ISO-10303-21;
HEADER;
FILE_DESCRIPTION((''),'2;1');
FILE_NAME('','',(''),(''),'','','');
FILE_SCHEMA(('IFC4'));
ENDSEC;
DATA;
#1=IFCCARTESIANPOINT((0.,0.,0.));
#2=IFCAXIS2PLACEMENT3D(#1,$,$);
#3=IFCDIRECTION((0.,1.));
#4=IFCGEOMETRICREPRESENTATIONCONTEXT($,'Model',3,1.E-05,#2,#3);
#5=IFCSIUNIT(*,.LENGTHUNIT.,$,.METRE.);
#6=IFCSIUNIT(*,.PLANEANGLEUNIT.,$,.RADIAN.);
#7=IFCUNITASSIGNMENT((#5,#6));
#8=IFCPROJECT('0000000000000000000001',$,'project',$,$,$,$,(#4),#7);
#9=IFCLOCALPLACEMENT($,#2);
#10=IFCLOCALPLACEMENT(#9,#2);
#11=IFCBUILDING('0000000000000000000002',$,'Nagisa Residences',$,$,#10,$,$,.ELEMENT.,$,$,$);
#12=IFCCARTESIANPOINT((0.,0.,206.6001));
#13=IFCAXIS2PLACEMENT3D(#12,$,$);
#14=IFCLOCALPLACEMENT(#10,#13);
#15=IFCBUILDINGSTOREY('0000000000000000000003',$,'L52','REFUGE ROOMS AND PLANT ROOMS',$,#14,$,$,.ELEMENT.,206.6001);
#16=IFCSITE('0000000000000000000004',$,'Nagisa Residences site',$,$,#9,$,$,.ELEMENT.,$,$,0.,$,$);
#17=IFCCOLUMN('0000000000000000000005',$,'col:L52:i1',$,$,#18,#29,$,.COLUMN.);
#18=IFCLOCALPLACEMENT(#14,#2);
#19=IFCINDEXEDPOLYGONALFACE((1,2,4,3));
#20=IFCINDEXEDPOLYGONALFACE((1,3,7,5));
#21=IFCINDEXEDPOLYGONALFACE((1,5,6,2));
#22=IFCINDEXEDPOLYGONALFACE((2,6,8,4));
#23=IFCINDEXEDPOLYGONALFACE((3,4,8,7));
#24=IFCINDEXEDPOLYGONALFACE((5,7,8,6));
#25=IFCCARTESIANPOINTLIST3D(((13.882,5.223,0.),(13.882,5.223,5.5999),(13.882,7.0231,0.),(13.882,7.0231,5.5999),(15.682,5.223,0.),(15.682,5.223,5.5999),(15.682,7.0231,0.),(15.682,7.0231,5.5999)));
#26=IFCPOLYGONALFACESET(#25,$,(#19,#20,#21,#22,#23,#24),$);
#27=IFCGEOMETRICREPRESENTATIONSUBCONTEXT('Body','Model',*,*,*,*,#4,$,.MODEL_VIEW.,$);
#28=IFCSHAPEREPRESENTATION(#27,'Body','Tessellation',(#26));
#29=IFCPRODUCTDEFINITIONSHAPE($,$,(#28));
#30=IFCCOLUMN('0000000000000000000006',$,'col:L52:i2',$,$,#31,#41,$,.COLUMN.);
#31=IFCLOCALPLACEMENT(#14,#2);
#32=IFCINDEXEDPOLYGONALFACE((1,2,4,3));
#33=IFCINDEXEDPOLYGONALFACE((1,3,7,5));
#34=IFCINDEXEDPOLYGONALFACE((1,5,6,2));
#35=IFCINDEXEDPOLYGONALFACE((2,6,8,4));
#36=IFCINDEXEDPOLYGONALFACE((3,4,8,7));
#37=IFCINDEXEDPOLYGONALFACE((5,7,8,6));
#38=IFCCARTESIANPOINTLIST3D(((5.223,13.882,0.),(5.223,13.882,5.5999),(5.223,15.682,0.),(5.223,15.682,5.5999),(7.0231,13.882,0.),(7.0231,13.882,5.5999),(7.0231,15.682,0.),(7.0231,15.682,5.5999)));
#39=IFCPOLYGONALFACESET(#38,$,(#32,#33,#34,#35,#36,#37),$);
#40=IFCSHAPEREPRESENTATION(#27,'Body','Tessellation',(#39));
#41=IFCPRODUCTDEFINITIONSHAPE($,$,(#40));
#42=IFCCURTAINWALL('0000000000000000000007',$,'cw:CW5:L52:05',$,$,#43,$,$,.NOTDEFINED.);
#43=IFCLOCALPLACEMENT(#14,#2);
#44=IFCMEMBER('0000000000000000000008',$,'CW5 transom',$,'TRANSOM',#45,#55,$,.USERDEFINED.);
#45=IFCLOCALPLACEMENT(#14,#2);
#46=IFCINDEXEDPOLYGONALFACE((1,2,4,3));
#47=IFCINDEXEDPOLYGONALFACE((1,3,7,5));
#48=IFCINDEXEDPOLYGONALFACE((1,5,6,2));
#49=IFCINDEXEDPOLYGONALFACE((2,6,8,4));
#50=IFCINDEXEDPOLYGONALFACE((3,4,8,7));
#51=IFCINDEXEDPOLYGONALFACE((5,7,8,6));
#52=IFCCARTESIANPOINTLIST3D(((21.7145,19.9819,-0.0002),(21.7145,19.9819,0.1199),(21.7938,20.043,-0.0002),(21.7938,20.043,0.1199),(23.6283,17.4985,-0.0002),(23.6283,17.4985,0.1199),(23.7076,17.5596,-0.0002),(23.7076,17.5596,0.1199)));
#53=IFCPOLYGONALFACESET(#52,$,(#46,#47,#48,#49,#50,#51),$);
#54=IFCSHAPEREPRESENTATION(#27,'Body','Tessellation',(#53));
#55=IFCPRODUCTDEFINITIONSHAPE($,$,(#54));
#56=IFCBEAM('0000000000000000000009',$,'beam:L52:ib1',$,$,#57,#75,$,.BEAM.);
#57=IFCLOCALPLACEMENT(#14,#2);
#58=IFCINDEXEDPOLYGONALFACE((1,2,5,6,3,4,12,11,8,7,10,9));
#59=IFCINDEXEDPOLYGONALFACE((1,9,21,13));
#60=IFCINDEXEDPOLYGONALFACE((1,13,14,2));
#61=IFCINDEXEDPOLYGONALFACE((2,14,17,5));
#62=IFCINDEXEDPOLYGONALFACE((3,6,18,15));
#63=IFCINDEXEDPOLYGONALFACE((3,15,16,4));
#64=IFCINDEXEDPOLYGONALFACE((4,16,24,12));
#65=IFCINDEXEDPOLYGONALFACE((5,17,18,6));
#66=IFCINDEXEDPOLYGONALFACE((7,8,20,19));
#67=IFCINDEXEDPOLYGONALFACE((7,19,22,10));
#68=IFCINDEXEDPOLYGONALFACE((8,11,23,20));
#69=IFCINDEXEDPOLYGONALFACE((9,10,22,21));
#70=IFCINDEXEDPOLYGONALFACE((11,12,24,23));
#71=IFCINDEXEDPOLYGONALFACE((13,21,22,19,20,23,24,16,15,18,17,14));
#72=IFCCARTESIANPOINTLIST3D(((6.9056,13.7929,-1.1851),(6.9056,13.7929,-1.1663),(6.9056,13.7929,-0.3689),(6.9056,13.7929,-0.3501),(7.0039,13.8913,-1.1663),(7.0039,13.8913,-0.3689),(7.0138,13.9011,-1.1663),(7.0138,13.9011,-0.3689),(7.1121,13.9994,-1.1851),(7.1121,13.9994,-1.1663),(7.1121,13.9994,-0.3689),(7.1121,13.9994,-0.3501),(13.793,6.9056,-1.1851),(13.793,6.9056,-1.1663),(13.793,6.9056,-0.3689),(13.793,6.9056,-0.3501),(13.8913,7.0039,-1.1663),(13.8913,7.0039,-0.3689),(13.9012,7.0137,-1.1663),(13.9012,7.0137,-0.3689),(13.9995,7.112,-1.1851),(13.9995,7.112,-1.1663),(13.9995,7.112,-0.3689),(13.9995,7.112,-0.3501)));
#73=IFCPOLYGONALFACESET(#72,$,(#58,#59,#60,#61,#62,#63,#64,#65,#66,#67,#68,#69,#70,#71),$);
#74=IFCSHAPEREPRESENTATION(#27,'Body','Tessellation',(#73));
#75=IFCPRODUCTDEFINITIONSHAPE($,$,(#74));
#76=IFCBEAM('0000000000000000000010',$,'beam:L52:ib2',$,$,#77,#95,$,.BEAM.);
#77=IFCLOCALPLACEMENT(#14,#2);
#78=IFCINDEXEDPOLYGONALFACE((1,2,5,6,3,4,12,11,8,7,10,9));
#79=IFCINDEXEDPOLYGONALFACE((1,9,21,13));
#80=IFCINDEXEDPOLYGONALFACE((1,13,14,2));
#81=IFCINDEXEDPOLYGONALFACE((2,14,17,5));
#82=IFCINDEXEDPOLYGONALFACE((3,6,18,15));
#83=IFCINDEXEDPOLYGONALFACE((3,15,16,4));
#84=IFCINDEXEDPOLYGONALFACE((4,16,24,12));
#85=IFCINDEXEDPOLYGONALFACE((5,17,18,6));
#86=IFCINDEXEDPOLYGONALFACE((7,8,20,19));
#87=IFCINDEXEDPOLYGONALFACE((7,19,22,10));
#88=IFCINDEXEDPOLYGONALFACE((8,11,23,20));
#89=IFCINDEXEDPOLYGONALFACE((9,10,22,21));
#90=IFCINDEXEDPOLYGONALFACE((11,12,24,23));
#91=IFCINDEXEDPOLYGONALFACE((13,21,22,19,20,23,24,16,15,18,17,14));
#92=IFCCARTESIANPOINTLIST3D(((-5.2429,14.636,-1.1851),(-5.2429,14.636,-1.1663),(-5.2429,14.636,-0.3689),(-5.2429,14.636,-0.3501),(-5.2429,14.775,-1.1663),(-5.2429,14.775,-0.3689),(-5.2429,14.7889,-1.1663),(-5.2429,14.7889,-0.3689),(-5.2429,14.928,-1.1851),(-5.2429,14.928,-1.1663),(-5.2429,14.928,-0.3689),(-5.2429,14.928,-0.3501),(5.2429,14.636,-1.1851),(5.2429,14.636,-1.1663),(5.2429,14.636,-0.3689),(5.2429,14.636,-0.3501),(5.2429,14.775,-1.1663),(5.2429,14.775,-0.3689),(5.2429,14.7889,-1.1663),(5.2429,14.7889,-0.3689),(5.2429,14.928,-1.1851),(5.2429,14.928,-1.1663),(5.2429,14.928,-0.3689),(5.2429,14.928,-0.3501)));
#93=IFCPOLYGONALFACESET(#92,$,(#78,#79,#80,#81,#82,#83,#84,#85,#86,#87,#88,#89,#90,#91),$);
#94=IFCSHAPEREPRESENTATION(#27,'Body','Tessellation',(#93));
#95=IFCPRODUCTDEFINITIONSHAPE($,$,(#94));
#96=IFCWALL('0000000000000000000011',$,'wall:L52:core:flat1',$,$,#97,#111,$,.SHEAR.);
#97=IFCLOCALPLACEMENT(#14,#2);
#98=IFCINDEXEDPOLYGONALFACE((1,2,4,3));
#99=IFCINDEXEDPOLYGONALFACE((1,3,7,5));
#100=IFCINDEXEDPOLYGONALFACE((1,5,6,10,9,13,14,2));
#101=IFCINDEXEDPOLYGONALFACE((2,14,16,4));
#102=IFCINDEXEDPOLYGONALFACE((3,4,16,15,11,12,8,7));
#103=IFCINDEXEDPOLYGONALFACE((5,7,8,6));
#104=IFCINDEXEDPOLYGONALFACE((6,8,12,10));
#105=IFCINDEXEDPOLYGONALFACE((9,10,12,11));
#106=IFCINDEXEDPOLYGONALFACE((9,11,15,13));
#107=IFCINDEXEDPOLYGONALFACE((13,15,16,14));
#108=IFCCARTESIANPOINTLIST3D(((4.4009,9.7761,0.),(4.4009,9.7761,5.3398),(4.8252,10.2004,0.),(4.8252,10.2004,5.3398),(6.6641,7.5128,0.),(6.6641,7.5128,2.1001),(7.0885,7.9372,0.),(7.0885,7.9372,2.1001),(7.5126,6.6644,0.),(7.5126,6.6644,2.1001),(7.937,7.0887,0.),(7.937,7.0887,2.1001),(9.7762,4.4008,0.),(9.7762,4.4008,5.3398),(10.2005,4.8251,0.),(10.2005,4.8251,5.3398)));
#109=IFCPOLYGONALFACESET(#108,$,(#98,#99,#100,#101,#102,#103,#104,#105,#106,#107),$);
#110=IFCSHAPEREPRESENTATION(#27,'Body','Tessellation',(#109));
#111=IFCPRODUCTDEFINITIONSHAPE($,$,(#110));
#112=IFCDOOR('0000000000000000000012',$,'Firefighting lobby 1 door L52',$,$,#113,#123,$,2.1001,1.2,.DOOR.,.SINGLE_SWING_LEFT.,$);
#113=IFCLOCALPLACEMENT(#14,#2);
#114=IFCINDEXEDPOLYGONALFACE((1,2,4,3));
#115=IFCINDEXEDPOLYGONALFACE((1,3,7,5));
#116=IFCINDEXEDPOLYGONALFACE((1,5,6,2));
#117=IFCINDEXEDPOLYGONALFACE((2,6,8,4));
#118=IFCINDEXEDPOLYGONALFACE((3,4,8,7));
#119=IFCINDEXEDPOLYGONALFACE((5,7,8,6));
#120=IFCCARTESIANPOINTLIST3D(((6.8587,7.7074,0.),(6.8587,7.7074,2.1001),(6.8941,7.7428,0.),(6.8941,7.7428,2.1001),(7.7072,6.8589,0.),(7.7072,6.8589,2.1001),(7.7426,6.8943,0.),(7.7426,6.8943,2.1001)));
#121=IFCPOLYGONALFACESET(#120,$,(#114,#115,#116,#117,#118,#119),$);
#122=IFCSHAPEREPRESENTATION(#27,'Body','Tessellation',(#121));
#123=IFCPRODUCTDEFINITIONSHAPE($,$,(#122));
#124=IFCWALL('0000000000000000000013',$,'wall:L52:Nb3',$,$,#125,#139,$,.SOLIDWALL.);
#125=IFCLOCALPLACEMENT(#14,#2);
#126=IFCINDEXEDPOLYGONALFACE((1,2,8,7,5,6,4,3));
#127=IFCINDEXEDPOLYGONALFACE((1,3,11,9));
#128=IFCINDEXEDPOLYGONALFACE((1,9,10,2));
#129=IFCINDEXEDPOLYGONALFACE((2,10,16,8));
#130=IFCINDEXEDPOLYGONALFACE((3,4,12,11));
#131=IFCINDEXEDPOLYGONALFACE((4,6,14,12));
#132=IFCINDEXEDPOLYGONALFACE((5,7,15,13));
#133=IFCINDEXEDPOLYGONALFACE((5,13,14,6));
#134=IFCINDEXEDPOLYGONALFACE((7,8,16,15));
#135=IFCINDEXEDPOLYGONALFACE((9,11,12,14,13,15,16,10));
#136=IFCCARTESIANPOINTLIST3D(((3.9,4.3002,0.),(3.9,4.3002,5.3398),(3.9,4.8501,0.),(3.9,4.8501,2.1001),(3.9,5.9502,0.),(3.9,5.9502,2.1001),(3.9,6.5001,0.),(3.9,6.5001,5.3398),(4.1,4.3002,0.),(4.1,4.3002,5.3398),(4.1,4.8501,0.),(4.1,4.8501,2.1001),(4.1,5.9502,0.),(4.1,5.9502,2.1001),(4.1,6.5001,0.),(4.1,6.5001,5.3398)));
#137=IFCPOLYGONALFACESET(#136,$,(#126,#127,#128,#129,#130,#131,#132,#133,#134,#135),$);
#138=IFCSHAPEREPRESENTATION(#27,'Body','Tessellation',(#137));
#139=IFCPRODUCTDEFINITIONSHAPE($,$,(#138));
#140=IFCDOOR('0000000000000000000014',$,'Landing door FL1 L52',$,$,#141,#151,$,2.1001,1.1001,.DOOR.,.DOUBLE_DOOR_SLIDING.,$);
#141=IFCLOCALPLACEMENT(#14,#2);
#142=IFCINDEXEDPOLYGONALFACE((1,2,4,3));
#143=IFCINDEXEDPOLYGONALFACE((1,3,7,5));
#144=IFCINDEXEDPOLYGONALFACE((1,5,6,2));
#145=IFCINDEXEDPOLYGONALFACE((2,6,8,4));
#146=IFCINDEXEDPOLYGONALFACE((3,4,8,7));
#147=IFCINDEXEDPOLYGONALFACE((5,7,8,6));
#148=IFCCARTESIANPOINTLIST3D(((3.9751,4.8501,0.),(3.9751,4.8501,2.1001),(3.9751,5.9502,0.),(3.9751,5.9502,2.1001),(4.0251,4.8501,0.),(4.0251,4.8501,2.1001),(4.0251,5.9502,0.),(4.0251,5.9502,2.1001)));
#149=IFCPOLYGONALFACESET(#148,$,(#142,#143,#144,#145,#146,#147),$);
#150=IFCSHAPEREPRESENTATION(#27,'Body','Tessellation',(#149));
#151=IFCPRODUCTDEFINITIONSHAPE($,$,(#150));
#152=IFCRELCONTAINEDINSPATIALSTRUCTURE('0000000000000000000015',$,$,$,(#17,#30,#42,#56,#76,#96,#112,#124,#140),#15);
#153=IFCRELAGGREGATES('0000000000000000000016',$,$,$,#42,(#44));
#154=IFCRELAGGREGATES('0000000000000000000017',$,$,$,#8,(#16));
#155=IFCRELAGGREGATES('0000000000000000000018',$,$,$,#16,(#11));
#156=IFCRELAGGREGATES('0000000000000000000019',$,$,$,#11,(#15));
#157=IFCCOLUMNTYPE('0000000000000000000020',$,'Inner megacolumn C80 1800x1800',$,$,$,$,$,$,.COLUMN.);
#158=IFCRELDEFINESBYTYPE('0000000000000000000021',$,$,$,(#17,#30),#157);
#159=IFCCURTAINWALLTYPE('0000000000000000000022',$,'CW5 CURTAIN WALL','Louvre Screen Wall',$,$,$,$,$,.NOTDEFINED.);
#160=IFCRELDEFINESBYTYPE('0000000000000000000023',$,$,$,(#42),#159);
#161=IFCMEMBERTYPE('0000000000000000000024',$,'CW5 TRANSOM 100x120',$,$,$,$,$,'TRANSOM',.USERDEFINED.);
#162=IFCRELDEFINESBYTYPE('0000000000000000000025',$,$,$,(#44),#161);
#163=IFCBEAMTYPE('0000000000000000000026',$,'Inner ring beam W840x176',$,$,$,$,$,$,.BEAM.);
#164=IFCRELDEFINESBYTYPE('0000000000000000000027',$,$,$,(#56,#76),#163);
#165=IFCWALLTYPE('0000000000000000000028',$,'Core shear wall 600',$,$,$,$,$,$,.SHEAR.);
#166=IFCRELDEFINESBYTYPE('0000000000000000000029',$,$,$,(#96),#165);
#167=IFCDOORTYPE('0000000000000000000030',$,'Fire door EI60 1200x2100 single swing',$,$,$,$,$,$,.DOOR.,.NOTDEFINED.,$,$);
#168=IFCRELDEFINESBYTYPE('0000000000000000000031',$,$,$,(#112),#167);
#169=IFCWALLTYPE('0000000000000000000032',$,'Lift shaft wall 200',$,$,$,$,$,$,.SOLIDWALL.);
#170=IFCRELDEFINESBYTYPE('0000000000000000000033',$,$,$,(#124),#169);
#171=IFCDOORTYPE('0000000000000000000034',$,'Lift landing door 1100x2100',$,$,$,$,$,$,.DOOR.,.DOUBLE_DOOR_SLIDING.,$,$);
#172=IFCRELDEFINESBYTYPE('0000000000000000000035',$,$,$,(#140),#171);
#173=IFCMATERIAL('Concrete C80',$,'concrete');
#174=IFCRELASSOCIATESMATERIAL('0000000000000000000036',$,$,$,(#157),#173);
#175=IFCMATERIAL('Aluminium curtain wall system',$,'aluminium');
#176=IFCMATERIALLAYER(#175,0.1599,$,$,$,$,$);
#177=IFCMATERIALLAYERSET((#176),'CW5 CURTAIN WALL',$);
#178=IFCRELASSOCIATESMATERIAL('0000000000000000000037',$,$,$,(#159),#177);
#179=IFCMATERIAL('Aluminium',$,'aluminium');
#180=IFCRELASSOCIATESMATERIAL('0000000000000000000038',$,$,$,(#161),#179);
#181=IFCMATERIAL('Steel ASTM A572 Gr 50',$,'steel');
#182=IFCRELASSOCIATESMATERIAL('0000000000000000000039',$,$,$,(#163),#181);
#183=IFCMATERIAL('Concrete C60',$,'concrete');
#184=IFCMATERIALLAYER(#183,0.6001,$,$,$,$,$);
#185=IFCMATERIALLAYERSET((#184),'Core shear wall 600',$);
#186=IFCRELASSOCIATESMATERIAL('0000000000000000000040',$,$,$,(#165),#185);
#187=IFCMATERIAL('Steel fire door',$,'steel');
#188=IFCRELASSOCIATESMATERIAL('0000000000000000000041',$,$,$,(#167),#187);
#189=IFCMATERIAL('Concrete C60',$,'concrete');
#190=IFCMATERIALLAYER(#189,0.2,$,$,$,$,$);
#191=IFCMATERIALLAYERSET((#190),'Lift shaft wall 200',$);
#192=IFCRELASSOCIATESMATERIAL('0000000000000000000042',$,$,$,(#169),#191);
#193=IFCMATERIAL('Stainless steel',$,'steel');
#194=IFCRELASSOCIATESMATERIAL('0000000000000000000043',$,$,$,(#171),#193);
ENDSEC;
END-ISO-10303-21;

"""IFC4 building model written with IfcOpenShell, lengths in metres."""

from ifc_helpers import new_model, si_unit, direction, frame, frame_2d, origin, origin_2d, place, context, subcontext, project, spatial, rectangle, i_section, extrude, material, layer, layer_set, material_profile, profile_set, type_object, element, fill, aggregate, save


model = new_model("IFC4")

# Units and contexts
model_context = context("Model", 3, precision=1e-05, world=origin(), true_north=direction((0.0, 1.0)))
body_context = subcontext(model_context, "Body", "Model", "MODEL_VIEW")
ifc_project = project(units=[si_unit("LENGTHUNIT", "METRE"), si_unit("PLANEANGLEUNIT", "RADIAN")], contexts=[model_context])

# Site, building, storey
site_placement = place(None, origin())
site = spatial("IfcSite", under=ifc_project, at=site_placement, Name="Nagisa Residences site", CompositionType="ELEMENT", RefElevation=0.0)
building_placement = place(site_placement, origin())
building = spatial("IfcBuilding", under=site, at=building_placement, Name="Nagisa Residences", CompositionType="ELEMENT")
storey_placement = place(building_placement, frame((0.0, 0.0, 206.6001)))
storey = spatial("IfcBuildingStorey", under=building, at=storey_placement, Name="L52", Description="REFUGE ROOMS AND PLANT ROOMS", CompositionType="ELEMENT", Elevation=206.6001)

# Columns
ifc_material_1 = material(Name="Concrete C80", Category="concrete")
ifc_material_profile_1 = material_profile(ifc_material_1, rectangle(XDim=1.8, YDim=1.8, at=origin_2d()), Name="C80 1800x1800")
ifc_profile_set_1 = profile_set([ifc_material_profile_1], Name="Concrete C80")
column_type = type_object("IfcColumnType", Name="Inner megacolumn C80 1800x1800", PredefinedType="COLUMN", material=ifc_profile_set_1)
for number, where, z_axis, x_axis, name in (
    (1, (14.782, 6.123, 0.0), (0.0, 0.0, 1.0), (1.0, 0.0, 0.0), "col:L52:i1"),
    (2, (6.123, 14.782, 0.0), (0.0, 0.0, 1.0), (1.0, 0.0, 0.0), "col:L52:i2"),
):
    element("IfcColumn", number, at=place(storey_placement, frame(where, z_axis=z_axis, x_axis=x_axis)), inside=storey, type_object=column_type, Name=name, PredefinedType="COLUMN", context=body_context, shape_type="SweptSolid", body=[
        extrude(rectangle(XDim=1.8, YDim=1.8, at=origin_2d()), origin(), (0.0, 0.0, 1.0), 5.5999),
    ])

# Curtain wall, member
ifc_material_2 = material(Name="Aluminium curtain wall system", Category="aluminium")
ifc_layer_1 = layer(ifc_material_2, 0.1599)
ifc_layer_set_1 = layer_set([ifc_layer_1], Name="CW5 CURTAIN WALL")
curtain_wall_type = type_object("IfcCurtainWallType", Name="CW5 CURTAIN WALL", Description="Louvre Screen Wall", PredefinedType="NOTDEFINED", material=ifc_layer_set_1)
curtain_wall_placement = place(storey_placement, origin())
curtain_wall = element("IfcCurtainWall", 3, at=curtain_wall_placement, inside=storey, type_object=curtain_wall_type, Name="cw:CW5:L52:05", PredefinedType="NOTDEFINED")
ifc_material_3 = material(Name="Aluminium", Category="aluminium")
ifc_material_profile_2 = material_profile(ifc_material_3, rectangle(XDim=0.1001, YDim=0.1201, at=origin_2d()), Name="CW5 TRANSOM 100x120")
ifc_profile_set_2 = profile_set([ifc_material_profile_2], Name="Aluminium")
member_type = type_object("IfcMemberType", Name="CW5 TRANSOM 100x120", ElementType="TRANSOM", PredefinedType="USERDEFINED", material=ifc_profile_set_2)
member_placement = place(storey_placement, frame((23.668, 17.5291, 0.0598), z_axis=(-0.610414, 0.792082, 0.0), x_axis=(-0.792082, -0.610414, 0.0)))
member = element("IfcMember", 4, at=member_placement, type_object=member_type, Name="CW5 transom", ObjectType="TRANSOM", PredefinedType="USERDEFINED", context=body_context, shape_type="SweptSolid", body=[
    extrude(rectangle(XDim=0.1001, YDim=0.1201, at=origin_2d()), origin(), (0.0, 0.0, 1.0), 3.1353),
])
aggregate(curtain_wall, [member])

# Beams
ifc_material_4 = material(Name="Steel ASTM A572 Gr 50", Category="steel")
ifc_material_profile_3 = material_profile(ifc_material_4, i_section(OverallWidth=0.292, OverallDepth=0.835, WebThickness=0.0139, FlangeThickness=0.0188, at=origin_2d()), Name="W840x176")
ifc_profile_set_3 = profile_set([ifc_material_profile_3], Name="Steel ASTM A572 Gr 50")
beam_type = type_object("IfcBeamType", Name="Inner ring beam W840x176", PredefinedType="BEAM", material=ifc_profile_set_3)
beam_1_placement = place(storey_placement, frame((13.8962, 7.0088, -0.7676), z_axis=(-0.707107, 0.707107, 0.0), x_axis=(-0.707107, -0.707107, 0.0)))
element("IfcBeam", 5, at=beam_1_placement, inside=storey, type_object=beam_type, Name="beam:L52:ib1", PredefinedType="BEAM", context=body_context, shape_type="SweptSolid", body=[
    extrude(i_section(OverallWidth=0.292, OverallDepth=0.835, WebThickness=0.0139, FlangeThickness=0.0188, at=origin_2d()), origin(), (0.0, 0.0, 1.0), 9.7402),
])
beam_2_placement = place(storey_placement, frame((5.2429, 14.782, -0.7676), z_axis=(-1.0, 0.0, 0.0), x_axis=(0.0, -1.0, 0.0)))
element("IfcBeam", 6, at=beam_2_placement, inside=storey, type_object=beam_type, Name="beam:L52:ib2", PredefinedType="BEAM", context=body_context, shape_type="SweptSolid", body=[
    extrude(i_section(OverallWidth=0.292, OverallDepth=0.835, WebThickness=0.0139, FlangeThickness=0.0188, at=origin_2d()), origin(), (0.0, 0.0, 1.0), 10.4858),
])

# Walls, openings, doors
ifc_material_5 = material(Name="Concrete C60", Category="concrete")
ifc_layer_2 = layer(ifc_material_5, 0.6001)
ifc_layer_set_2 = layer_set([ifc_layer_2], Name="Core shear wall 600")
wall_type_1 = type_object("IfcWallType", Name="Core shear wall 600", PredefinedType="SHEAR", material=ifc_layer_set_2)
wall_1_placement = place(storey_placement, frame((9.9883, 4.613, 0.0), z_axis=(0.0, 0.0, 1.0), x_axis=(-0.707107, 0.707107, 0.0)))
wall_1 = element("IfcWall", 7, at=wall_1_placement, inside=storey, type_object=wall_type_1, Name="wall:L52:core:flat1", PredefinedType="SHEAR", context=body_context, shape_type="SweptSolid", body=[
    extrude(rectangle(XDim=7.6018, YDim=0.6001, at=frame_2d((3.8008, 0.0))), origin(), (0.0, 0.0, 1.0), 5.3398),
])
opening_1_placement = place(wall_1_placement, frame((3.2009, 0.0, 0.0)))
opening_1 = element("IfcOpeningElement", 8, at=opening_1_placement, cuts=wall_1, PredefinedType="OPENING", context=body_context, shape_type="SweptSolid", body=[
    extrude(rectangle(XDim=1.2, YDim=2.1001, at=frame_2d((0.6001, 1.05))), frame((0.0, 0.3101, 0.0), z_axis=(0.0, -1.0, 0.0), x_axis=(1.0, 0.0, 0.0)), (0.0, 0.0, 1.0), 0.6201),
])
ifc_material_6 = material(Name="Steel fire door", Category="steel")
door_type_1 = type_object("IfcDoorType", Name="Fire door EI60 1200x2100 single swing", OperationType="NOTDEFINED", PredefinedType="DOOR", material=ifc_material_6)
door_1_placement = place(opening_1_placement, origin())
door_1 = element("IfcDoor", 9, at=door_1_placement, inside=storey, type_object=door_type_1, Name="Firefighting lobby 1 door L52", OperationType="SINGLE_SWING_LEFT", OverallHeight=2.1001, OverallWidth=1.2, PredefinedType="DOOR", context=body_context, shape_type="SweptSolid", body=[
    extrude(rectangle(XDim=1.2, YDim=2.1001, at=frame_2d((0.6001, 1.05))), frame((0.0, 0.0249, 0.0), z_axis=(0.0, -1.0, 0.0), x_axis=(1.0, 0.0, 0.0)), (0.0, 0.0, 1.0), 0.05),
])
fill(opening_1, door_1)
ifc_material_7 = material(Name="Concrete C60", Category="concrete")
ifc_layer_3 = layer(ifc_material_7, 0.2)
ifc_layer_set_3 = layer_set([ifc_layer_3], Name="Lift shaft wall 200")
wall_type_2 = type_object("IfcWallType", Name="Lift shaft wall 200", PredefinedType="SOLIDWALL", material=ifc_layer_set_3)
wall_2_placement = place(storey_placement, frame((4.0, 4.3, 0.0), z_axis=(0.0, 0.0, 1.0), x_axis=(0.0, 1.0, 0.0)))
wall_2 = element("IfcWall", 10, at=wall_2_placement, inside=storey, type_object=wall_type_2, Name="wall:L52:Nb3", PredefinedType="SOLIDWALL", context=body_context, shape_type="SweptSolid", body=[
    extrude(rectangle(XDim=2.2, YDim=0.2, at=frame_2d((1.1001, 0.0))), origin(), (0.0, 0.0, 1.0), 5.3398),
])
opening_2_placement = place(wall_2_placement, frame((0.55, 0.0, 0.0)))
opening_2 = element("IfcOpeningElement", 11, at=opening_2_placement, cuts=wall_2, PredefinedType="OPENING", context=body_context, shape_type="SweptSolid", body=[
    extrude(rectangle(XDim=1.1001, YDim=2.1001, at=frame_2d((0.55, 1.05))), frame((0.0, 0.1099, 0.0), z_axis=(0.0, -1.0, 0.0), x_axis=(1.0, 0.0, 0.0)), (0.0, 0.0, 1.0), 0.22),
])
ifc_material_8 = material(Name="Stainless steel", Category="steel")
door_type_2 = type_object("IfcDoorType", Name="Lift landing door 1100x2100", OperationType="DOUBLE_DOOR_SLIDING", PredefinedType="DOOR", material=ifc_material_8)
door_2_placement = place(opening_2_placement, origin())
door_2 = element("IfcDoor", 12, at=door_2_placement, inside=storey, type_object=door_type_2, Name="Landing door FL1 L52", OperationType="DOUBLE_DOOR_SLIDING", OverallHeight=2.1001, OverallWidth=1.1001, PredefinedType="DOOR", context=body_context, shape_type="SweptSolid", body=[
    extrude(rectangle(XDim=1.1001, YDim=2.1001, at=frame_2d((0.55, 1.05))), frame((0.0, 0.0249, 0.0), z_axis=(0.0, -1.0, 0.0), x_axis=(1.0, 0.0, 0.0)), (0.0, 0.0, 1.0), 0.05),
])
fill(opening_2, door_2)

save(model, "model.ifc")
